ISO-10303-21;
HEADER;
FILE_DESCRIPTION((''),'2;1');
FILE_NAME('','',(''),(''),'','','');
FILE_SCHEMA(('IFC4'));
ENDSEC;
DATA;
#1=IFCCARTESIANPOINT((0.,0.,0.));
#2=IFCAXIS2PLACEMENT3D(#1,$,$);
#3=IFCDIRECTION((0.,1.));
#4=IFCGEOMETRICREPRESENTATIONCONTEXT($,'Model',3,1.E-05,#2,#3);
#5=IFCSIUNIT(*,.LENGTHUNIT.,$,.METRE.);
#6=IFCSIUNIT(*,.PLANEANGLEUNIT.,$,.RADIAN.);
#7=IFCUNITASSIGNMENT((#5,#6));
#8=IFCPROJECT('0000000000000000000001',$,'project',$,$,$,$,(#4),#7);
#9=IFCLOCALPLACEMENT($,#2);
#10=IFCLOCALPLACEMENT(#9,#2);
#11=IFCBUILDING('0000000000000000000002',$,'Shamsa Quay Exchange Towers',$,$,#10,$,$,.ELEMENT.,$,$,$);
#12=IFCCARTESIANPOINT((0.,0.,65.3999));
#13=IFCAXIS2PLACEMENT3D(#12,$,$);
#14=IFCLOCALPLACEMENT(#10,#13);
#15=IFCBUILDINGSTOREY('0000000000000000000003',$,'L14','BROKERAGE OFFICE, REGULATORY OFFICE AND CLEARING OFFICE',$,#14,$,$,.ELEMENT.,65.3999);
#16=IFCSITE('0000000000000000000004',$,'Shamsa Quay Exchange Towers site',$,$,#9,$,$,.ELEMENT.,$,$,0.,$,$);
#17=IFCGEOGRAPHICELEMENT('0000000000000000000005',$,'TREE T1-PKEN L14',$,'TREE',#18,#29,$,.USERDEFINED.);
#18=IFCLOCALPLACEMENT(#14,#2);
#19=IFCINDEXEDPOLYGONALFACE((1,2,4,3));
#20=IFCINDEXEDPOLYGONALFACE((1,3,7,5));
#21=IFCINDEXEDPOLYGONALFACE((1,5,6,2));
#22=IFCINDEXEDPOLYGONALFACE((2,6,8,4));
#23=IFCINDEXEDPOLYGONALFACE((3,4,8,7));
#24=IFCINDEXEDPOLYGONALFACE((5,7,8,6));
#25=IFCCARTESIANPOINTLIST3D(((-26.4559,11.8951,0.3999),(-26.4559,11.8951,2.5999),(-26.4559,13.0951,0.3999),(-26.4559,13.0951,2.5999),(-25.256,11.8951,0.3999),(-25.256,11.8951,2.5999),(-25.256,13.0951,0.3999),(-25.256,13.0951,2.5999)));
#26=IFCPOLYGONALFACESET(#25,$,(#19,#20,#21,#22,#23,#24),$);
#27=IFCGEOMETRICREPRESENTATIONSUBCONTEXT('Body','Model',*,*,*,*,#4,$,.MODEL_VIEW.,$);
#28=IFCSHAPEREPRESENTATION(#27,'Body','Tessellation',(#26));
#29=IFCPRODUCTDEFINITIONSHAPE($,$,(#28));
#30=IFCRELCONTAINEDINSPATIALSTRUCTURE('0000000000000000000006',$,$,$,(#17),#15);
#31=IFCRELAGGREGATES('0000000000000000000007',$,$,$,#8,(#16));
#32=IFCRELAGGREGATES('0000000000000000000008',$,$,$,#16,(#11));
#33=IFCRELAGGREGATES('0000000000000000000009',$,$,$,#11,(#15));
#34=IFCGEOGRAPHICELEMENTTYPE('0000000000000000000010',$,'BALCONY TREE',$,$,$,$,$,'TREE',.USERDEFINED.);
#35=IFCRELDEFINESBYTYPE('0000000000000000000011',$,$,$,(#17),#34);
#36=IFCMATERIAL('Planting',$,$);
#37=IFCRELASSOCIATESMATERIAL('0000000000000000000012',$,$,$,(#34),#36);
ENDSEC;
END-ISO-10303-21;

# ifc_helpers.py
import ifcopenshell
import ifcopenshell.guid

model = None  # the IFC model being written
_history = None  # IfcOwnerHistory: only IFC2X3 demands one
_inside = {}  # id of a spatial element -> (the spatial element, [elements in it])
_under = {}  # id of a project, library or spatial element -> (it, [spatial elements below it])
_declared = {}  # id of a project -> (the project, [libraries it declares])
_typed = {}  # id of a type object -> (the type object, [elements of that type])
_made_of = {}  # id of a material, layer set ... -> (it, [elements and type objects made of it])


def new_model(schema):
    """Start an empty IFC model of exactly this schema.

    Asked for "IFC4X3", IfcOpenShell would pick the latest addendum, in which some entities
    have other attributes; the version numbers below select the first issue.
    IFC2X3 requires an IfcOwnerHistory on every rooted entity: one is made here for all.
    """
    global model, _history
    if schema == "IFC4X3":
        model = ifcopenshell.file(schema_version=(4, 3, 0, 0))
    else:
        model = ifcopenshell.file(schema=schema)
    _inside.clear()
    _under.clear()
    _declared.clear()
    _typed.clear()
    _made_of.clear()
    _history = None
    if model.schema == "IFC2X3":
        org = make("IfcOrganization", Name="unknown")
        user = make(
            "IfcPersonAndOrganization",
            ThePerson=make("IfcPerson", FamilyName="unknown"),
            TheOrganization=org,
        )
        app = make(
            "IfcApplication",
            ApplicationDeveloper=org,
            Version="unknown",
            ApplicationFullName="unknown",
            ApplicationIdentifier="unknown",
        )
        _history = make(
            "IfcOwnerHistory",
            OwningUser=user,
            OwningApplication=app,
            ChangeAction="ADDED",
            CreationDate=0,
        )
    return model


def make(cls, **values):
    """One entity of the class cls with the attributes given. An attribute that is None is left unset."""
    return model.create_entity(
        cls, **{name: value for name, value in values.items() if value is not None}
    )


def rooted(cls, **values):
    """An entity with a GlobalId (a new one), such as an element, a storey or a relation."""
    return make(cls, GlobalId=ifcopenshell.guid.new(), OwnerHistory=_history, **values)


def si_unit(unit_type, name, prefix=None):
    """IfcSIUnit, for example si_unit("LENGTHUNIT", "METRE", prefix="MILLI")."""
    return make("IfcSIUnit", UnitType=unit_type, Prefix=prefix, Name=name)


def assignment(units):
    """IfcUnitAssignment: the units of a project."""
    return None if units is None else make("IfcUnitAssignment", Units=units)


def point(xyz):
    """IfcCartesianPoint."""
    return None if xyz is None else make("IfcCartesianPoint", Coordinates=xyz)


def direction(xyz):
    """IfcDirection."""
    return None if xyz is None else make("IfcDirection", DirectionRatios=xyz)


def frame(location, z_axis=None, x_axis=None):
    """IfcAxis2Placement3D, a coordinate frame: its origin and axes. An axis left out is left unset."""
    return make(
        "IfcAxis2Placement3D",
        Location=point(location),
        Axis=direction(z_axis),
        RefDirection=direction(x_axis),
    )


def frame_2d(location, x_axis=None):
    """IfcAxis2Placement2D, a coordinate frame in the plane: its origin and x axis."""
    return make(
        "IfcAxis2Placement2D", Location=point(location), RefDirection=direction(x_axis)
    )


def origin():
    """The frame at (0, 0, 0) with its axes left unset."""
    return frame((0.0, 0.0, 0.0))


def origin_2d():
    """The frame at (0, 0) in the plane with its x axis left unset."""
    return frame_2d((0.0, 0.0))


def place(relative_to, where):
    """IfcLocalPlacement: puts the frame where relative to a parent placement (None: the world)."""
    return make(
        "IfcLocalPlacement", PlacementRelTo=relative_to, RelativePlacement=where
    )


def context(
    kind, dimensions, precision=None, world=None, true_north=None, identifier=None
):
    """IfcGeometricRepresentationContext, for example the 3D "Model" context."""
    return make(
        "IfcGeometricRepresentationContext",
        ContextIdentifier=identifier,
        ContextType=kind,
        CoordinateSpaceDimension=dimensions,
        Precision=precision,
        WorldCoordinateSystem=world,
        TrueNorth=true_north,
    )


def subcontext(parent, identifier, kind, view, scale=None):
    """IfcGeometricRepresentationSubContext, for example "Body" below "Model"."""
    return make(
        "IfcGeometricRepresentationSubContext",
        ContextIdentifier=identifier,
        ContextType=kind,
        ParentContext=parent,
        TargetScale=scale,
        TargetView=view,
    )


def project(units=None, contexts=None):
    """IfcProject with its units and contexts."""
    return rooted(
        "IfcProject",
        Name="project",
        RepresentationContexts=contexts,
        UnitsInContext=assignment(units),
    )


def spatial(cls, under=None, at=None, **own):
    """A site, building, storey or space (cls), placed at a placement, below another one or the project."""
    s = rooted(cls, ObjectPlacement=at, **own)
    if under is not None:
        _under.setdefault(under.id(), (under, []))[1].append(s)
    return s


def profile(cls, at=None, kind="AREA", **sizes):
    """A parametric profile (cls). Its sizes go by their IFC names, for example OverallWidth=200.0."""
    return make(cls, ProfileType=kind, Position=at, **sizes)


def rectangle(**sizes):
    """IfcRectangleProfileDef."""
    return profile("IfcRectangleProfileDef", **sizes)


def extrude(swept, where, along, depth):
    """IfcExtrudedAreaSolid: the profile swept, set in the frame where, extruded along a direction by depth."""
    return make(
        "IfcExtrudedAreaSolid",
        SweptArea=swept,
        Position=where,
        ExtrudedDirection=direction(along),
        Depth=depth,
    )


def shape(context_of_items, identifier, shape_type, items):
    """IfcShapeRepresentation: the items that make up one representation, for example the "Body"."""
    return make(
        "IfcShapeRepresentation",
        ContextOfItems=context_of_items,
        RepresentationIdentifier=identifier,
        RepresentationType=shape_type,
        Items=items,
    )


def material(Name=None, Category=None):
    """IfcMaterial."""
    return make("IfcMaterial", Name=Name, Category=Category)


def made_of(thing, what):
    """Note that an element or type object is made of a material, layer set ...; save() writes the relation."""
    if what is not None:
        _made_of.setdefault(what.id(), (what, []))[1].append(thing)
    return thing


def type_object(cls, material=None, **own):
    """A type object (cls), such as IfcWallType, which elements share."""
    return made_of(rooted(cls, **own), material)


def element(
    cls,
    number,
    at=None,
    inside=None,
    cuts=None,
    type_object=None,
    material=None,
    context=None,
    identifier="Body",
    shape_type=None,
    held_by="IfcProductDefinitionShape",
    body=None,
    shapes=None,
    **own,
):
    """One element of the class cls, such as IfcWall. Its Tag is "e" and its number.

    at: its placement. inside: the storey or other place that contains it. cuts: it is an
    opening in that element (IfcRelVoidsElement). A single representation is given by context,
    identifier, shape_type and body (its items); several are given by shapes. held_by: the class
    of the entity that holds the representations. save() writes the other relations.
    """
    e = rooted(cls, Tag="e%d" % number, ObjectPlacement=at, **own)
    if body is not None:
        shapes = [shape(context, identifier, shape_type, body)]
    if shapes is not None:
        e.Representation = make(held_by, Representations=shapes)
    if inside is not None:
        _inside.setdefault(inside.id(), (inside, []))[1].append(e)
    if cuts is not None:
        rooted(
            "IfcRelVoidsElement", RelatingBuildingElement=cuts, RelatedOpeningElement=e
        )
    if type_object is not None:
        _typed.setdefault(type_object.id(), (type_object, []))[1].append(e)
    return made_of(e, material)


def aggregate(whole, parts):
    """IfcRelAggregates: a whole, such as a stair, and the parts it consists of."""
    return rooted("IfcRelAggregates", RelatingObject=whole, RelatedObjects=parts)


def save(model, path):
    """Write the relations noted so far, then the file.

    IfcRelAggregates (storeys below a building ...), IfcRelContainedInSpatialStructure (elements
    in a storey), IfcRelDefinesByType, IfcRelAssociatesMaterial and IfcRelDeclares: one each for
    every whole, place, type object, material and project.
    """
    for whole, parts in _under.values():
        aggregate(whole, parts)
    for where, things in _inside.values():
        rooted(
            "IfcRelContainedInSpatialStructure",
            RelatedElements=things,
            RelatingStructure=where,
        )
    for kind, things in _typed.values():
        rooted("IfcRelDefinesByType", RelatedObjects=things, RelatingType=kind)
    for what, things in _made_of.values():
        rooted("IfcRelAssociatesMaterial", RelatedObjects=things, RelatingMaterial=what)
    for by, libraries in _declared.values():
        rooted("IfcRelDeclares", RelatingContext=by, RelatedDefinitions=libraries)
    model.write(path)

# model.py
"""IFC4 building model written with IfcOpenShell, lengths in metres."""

from ifc_helpers import new_model, si_unit, direction, frame, origin, origin_2d, place, context, subcontext, project, spatial, rectangle, extrude, material, type_object, element, save


model = new_model("IFC4")

# Units and contexts
model_context = context("Model", 3, precision=1e-05, world=origin(), true_north=direction((0.0, 1.0)))
body_context = subcontext(model_context, "Body", "Model", "MODEL_VIEW")
ifc_project = project(units=[si_unit("LENGTHUNIT", "METRE"), si_unit("PLANEANGLEUNIT", "RADIAN")], contexts=[model_context])

# Site, building, storey
site_placement = place(None, origin())
site = spatial("IfcSite", under=ifc_project, at=site_placement, Name="Shamsa Quay Exchange Towers site", CompositionType="ELEMENT", RefElevation=0.0)
building_placement = place(site_placement, origin())
building = spatial("IfcBuilding", under=site, at=building_placement, Name="Shamsa Quay Exchange Towers", CompositionType="ELEMENT")
storey_placement = place(building_placement, frame((0.0, 0.0, 65.3999)))
storey = spatial("IfcBuildingStorey", under=building, at=storey_placement, Name="L14", Description="BROKERAGE OFFICE, REGULATORY OFFICE AND CLEARING OFFICE", CompositionType="ELEMENT", Elevation=65.3999)

# Geographic element
ifc_material_1 = material(Name="Planting")
geographic_element_type = type_object("IfcGeographicElementType", Name="BALCONY TREE", ElementType="TREE", PredefinedType="USERDEFINED", material=ifc_material_1)
geographic_element_placement = place(storey_placement, frame((-25.856, 12.4951, 0.3999), z_axis=(0.0, 0.0, 1.0), x_axis=(-1.0, 0.0, 0.0)))
element("IfcGeographicElement", 1, at=geographic_element_placement, inside=storey, type_object=geographic_element_type, Name="TREE T1-PKEN L14", ObjectType="TREE", PredefinedType="USERDEFINED", context=body_context, shape_type="SweptSolid", body=[
    extrude(rectangle(XDim=1.2, YDim=1.2, at=origin_2d()), origin(), (0.0, 0.0, 1.0), 2.2),
])

save(model, "model.ifc")
